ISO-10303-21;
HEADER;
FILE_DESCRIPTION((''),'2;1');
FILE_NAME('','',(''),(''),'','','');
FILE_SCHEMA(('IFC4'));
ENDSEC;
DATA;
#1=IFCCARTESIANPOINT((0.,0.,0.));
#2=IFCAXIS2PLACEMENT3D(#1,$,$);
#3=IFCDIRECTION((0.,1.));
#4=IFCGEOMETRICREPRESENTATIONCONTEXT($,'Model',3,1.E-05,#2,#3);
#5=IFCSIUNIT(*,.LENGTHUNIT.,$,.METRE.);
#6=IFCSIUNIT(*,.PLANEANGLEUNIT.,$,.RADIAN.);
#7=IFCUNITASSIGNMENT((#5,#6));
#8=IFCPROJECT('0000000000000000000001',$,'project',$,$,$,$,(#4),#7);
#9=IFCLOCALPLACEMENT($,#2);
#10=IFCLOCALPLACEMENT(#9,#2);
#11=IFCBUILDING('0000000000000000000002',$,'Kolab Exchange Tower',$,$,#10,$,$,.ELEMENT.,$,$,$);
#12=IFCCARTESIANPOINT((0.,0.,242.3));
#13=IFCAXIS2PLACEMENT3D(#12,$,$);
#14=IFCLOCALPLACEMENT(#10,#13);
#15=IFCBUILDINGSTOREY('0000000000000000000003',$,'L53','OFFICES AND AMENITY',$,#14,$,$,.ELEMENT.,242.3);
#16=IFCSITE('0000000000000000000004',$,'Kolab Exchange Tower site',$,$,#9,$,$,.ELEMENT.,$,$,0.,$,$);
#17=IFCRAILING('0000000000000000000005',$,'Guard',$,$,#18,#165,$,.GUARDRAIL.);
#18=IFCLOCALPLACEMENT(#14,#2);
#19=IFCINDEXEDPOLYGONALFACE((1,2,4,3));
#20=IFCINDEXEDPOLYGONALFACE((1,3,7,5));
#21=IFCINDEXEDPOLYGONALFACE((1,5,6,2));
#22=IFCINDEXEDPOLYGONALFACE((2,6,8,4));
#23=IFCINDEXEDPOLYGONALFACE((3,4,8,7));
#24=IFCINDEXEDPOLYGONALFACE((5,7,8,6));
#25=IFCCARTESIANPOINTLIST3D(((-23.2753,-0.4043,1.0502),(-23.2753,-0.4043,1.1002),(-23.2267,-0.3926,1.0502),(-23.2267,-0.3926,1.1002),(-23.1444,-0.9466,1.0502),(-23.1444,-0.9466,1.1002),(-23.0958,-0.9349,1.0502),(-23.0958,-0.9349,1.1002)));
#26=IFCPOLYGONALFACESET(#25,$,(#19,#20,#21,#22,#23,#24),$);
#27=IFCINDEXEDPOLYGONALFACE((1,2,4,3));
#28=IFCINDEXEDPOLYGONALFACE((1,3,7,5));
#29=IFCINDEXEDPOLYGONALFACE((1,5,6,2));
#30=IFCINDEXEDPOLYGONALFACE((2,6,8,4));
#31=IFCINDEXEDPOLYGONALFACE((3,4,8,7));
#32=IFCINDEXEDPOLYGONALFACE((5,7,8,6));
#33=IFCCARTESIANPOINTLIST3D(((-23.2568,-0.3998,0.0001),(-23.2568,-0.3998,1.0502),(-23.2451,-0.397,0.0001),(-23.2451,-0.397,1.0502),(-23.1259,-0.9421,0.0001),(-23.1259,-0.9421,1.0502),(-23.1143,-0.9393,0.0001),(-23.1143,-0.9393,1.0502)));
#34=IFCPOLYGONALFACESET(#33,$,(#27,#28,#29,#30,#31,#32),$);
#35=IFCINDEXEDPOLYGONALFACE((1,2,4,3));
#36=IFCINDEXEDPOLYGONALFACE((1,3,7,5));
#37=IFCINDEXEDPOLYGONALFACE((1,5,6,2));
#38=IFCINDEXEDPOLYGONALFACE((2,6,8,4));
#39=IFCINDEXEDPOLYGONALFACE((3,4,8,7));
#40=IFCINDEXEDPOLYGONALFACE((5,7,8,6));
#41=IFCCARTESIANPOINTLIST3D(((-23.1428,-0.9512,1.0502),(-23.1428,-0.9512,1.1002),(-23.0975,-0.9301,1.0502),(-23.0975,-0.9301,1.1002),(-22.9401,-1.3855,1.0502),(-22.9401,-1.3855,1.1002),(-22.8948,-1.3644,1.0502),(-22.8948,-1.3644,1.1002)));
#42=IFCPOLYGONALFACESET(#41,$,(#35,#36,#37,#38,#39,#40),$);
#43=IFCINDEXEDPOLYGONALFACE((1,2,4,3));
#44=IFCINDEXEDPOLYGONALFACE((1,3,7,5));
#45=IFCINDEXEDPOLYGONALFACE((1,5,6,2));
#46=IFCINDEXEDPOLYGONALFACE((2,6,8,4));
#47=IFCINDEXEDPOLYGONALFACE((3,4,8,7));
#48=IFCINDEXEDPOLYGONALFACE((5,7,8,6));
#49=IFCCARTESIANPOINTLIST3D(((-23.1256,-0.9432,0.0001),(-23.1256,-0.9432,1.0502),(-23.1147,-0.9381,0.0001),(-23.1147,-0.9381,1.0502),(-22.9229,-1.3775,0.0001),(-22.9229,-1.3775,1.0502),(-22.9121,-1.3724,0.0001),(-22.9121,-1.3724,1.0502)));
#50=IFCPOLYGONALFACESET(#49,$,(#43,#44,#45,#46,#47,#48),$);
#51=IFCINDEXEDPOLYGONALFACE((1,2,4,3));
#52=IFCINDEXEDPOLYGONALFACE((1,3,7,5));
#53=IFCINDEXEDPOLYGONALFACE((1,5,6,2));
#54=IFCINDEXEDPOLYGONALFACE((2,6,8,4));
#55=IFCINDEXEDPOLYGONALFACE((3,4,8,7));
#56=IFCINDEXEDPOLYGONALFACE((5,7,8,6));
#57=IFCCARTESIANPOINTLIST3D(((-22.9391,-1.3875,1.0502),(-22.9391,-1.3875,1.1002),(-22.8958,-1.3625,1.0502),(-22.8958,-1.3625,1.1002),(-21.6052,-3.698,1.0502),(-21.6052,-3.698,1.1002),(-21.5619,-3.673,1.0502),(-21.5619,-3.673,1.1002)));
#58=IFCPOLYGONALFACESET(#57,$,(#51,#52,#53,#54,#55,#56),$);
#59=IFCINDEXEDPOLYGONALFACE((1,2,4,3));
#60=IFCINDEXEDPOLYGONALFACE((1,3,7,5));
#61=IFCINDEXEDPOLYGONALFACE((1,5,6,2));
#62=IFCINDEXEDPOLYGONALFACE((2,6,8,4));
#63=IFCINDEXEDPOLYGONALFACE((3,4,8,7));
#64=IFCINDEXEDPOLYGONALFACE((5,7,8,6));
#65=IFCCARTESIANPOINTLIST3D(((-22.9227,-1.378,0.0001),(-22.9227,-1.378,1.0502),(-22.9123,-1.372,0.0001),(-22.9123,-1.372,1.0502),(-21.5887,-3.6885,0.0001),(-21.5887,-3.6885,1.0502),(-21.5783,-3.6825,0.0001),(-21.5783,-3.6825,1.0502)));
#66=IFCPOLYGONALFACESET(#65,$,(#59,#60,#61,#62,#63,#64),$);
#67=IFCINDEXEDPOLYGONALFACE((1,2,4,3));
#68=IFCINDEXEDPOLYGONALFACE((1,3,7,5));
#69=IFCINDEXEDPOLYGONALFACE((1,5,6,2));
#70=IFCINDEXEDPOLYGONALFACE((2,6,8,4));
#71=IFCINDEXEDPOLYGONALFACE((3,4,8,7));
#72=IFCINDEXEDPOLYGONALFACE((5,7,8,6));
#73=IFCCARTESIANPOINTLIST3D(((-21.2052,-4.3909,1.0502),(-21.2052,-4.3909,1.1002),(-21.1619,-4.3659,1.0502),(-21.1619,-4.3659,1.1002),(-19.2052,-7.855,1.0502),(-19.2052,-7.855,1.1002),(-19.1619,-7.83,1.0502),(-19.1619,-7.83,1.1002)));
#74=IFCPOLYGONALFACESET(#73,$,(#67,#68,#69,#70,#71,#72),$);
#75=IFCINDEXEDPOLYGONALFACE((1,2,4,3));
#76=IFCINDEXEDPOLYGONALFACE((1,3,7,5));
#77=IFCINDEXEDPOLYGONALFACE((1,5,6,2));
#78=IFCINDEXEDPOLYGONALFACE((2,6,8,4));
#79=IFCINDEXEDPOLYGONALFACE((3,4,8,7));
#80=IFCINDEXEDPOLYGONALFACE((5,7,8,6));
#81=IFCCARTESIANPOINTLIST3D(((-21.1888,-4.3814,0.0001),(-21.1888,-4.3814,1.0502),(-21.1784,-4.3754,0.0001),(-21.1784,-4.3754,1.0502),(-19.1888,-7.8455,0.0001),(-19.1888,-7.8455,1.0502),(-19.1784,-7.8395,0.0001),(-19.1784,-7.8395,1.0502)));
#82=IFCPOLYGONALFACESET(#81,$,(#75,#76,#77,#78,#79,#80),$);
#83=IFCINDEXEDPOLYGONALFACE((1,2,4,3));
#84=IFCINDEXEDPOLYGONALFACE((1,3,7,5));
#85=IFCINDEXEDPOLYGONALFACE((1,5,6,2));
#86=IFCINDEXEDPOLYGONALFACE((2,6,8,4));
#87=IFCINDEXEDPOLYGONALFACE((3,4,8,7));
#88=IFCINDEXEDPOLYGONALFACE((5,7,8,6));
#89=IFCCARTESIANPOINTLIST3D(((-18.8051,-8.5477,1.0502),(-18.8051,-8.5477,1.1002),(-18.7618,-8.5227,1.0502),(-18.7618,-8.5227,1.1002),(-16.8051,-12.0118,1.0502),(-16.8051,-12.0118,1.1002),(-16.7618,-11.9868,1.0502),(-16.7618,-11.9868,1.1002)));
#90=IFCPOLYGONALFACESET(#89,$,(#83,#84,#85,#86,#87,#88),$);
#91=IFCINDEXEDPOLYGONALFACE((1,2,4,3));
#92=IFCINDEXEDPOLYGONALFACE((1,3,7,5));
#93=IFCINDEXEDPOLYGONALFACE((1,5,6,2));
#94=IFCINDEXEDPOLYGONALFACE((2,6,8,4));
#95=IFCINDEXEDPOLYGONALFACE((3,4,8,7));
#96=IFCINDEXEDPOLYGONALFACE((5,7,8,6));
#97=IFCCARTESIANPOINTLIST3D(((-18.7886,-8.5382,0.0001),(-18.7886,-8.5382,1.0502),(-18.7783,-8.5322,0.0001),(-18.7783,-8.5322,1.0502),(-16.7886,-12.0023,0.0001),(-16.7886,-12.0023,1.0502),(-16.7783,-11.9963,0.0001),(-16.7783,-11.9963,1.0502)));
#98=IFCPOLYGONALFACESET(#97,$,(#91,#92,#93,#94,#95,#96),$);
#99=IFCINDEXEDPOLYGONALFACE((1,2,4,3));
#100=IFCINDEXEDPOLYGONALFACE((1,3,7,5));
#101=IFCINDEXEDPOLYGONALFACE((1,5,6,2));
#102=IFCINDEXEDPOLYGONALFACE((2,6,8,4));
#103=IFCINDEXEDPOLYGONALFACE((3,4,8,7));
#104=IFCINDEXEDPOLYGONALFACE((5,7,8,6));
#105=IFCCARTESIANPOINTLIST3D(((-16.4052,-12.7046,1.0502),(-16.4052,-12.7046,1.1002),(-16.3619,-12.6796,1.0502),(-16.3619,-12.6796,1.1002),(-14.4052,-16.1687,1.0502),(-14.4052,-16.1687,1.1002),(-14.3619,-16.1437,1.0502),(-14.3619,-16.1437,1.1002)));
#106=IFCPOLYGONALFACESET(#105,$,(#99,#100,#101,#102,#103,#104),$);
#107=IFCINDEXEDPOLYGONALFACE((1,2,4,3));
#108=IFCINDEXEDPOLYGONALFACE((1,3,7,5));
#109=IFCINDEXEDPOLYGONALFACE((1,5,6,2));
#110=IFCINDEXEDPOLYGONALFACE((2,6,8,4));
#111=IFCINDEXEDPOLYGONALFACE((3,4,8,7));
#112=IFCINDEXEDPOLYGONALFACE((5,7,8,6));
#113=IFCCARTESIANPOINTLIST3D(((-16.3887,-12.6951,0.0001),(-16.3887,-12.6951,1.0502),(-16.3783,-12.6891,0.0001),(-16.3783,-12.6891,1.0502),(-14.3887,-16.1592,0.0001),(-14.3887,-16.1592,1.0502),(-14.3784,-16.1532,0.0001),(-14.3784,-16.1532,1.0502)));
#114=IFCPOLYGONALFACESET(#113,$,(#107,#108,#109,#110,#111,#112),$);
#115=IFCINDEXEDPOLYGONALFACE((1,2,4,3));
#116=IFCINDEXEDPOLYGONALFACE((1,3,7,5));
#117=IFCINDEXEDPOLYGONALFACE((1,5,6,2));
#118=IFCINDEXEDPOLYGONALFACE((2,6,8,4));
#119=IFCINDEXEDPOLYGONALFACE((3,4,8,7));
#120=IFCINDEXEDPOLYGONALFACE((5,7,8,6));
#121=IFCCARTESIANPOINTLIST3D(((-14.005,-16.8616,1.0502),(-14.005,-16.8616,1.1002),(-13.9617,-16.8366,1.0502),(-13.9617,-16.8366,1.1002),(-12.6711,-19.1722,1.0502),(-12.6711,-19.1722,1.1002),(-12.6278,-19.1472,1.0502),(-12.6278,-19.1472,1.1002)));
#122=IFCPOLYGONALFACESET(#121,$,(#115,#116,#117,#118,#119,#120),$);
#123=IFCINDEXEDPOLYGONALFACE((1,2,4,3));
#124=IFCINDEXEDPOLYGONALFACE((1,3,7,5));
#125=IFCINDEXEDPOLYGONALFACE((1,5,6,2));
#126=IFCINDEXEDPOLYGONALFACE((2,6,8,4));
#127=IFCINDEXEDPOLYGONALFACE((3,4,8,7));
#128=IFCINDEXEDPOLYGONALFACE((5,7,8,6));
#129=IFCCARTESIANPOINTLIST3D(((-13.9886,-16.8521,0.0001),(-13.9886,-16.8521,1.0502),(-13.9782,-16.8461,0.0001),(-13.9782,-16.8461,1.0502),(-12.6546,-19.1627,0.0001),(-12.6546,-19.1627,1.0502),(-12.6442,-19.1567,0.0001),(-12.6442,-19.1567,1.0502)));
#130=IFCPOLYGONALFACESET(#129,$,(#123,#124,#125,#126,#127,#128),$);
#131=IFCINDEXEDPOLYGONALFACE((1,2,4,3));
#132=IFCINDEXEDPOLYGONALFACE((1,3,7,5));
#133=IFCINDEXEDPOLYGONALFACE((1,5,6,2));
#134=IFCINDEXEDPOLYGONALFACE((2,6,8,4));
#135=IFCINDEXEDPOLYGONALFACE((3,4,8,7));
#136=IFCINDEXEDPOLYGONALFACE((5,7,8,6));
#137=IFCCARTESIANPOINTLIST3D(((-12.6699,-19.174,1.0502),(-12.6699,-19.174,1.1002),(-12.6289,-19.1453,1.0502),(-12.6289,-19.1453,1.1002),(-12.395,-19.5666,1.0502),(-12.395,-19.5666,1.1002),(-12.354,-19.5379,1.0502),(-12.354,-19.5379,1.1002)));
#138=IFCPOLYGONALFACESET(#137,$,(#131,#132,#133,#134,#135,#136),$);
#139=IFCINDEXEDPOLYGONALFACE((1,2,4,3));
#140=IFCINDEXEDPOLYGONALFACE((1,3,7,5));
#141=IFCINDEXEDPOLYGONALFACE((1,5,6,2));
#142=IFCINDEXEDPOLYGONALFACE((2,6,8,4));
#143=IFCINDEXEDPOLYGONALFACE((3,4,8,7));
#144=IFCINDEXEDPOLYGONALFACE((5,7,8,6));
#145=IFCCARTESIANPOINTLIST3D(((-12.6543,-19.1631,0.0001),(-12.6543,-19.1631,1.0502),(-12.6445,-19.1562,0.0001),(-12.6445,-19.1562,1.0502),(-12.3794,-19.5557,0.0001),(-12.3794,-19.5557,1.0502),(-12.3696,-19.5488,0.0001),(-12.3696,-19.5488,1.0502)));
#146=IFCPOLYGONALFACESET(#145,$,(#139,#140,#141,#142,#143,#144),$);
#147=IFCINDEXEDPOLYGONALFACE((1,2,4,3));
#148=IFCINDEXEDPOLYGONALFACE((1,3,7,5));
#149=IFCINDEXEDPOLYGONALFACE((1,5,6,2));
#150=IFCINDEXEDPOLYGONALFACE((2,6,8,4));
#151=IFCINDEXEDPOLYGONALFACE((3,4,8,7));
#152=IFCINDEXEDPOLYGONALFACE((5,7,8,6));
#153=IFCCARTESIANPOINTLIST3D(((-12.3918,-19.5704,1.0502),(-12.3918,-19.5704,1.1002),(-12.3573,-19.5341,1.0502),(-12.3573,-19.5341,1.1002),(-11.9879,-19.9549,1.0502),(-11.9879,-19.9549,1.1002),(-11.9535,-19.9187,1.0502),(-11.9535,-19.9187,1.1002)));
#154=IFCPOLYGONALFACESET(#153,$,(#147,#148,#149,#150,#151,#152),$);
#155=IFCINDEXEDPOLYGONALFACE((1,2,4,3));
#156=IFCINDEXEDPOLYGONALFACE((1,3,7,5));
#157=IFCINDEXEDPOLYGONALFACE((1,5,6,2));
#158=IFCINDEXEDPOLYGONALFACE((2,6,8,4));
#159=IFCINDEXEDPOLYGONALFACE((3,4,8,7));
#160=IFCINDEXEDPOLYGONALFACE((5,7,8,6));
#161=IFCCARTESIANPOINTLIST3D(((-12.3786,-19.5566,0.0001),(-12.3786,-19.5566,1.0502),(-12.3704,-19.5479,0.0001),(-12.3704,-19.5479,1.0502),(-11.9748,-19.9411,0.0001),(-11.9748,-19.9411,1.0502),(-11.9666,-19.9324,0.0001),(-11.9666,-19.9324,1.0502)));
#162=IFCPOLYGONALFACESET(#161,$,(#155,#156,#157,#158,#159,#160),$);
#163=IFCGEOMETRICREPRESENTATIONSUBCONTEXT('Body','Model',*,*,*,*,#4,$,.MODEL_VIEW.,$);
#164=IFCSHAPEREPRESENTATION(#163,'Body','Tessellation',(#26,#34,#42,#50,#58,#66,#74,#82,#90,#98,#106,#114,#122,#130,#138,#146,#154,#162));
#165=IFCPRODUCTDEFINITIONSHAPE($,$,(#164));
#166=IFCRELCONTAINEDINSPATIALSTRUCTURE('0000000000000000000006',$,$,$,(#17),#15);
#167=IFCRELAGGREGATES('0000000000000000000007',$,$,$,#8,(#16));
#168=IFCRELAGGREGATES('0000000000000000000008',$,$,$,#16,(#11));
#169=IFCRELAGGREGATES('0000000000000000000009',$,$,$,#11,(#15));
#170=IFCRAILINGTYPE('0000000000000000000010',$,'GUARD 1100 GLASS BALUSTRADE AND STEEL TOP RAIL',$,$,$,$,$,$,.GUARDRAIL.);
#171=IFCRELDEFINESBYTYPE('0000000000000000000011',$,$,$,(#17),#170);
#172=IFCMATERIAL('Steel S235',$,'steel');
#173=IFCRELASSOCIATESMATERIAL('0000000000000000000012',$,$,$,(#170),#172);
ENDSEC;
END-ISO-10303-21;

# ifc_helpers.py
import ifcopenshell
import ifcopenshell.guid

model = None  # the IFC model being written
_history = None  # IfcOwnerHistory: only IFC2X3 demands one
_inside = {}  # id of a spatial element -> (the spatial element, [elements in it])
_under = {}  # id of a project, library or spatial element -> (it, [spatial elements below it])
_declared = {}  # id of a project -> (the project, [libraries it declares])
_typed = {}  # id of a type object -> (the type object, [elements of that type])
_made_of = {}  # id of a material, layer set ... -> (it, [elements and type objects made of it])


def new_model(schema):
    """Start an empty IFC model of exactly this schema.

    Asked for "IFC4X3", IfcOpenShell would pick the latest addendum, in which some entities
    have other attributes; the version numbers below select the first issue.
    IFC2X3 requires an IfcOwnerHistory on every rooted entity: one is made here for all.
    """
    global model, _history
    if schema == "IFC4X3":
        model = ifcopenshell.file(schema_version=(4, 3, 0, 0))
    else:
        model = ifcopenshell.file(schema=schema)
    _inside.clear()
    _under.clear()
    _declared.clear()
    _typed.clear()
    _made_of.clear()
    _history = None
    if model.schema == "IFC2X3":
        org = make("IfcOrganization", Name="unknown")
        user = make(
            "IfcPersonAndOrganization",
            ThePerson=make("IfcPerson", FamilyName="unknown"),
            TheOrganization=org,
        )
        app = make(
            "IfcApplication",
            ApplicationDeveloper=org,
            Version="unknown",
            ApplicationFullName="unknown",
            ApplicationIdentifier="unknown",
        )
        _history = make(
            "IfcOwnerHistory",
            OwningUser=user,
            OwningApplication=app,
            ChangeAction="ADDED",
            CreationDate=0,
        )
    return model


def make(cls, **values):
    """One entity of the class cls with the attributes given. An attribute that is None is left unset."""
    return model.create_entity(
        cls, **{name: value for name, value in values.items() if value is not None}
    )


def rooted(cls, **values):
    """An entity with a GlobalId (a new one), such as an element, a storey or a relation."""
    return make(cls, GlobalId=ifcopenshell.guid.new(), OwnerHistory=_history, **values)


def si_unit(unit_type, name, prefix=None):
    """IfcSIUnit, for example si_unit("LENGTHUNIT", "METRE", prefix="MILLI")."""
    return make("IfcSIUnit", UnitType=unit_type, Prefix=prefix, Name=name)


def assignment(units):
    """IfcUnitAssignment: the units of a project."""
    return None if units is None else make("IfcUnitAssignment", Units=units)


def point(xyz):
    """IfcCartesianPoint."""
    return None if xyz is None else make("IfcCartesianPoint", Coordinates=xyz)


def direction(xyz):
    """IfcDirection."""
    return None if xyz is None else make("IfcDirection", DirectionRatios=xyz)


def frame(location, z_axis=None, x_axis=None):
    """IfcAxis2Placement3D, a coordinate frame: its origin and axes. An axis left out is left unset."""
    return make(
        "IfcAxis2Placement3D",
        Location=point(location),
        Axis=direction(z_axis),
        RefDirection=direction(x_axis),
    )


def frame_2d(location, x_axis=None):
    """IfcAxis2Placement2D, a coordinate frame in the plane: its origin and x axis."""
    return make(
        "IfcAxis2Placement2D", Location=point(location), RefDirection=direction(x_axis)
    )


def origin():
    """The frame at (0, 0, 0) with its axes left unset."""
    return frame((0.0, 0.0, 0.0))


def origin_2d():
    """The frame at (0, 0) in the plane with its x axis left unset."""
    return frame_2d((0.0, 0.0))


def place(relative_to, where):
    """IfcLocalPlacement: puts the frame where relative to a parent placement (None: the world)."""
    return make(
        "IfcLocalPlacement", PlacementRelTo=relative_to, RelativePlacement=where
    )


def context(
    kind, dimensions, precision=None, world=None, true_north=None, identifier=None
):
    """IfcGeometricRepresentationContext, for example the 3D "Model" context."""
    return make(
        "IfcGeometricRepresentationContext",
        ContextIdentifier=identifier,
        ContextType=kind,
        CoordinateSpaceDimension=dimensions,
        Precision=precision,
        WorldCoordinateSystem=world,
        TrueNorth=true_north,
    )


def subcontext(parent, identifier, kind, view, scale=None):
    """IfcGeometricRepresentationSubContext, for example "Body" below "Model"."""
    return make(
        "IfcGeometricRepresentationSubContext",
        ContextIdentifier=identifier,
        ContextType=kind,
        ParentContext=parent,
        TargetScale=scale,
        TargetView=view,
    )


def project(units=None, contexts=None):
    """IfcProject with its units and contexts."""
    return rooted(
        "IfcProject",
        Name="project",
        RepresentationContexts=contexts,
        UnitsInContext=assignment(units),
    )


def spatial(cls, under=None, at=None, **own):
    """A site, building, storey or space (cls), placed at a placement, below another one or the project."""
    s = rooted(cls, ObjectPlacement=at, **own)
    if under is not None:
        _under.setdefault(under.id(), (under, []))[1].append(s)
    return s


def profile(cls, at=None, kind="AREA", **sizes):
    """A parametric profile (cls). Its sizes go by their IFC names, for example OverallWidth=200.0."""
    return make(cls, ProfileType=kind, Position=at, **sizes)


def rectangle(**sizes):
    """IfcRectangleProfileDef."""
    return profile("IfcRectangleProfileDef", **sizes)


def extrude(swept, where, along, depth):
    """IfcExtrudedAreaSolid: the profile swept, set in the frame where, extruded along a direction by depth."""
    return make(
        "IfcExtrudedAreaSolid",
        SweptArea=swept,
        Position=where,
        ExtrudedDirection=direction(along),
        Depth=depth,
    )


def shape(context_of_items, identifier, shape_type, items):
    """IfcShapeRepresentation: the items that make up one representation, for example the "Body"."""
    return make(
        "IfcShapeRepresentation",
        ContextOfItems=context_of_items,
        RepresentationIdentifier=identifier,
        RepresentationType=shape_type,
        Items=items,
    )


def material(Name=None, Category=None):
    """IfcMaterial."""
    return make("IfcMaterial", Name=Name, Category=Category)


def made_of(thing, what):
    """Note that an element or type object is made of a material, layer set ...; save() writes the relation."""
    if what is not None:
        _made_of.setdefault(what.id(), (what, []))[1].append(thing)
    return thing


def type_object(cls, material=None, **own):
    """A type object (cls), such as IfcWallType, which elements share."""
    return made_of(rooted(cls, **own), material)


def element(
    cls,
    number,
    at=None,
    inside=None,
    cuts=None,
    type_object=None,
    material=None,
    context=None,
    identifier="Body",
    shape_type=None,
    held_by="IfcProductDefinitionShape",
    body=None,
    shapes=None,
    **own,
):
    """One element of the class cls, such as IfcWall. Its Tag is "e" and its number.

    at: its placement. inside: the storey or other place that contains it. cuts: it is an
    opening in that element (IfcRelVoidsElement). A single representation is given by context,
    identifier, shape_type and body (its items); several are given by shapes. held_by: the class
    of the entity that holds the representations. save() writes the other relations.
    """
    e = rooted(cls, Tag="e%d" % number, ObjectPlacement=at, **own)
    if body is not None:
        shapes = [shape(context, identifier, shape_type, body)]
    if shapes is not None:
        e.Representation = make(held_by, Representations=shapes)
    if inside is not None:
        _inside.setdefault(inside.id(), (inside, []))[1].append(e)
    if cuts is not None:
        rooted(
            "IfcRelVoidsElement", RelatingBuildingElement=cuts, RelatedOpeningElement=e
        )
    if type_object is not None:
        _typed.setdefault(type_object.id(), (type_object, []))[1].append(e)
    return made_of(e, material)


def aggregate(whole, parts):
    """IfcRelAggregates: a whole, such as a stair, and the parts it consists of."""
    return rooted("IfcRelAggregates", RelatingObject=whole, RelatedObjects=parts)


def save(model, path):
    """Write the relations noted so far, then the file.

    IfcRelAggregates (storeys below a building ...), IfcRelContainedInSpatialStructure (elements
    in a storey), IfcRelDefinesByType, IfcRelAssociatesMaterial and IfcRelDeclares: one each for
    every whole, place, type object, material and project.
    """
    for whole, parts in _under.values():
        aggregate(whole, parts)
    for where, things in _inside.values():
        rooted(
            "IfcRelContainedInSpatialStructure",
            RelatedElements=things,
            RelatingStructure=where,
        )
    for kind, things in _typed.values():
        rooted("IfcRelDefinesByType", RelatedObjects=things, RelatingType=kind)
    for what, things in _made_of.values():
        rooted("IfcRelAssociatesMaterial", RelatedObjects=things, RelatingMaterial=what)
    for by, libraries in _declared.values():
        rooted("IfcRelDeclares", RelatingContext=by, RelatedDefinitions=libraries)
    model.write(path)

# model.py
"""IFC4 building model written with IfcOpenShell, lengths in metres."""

from ifc_helpers import new_model, si_unit, direction, frame, frame_2d, origin, origin_2d, place, context, subcontext, project, spatial, rectangle, extrude, material, type_object, element, save


model = new_model("IFC4")

# Units and contexts
model_context = context("Model", 3, precision=1e-05, world=origin(), true_north=direction((0.0, 1.0)))
body_context = subcontext(model_context, "Body", "Model", "MODEL_VIEW")
ifc_project = project(units=[si_unit("LENGTHUNIT", "METRE"), si_unit("PLANEANGLEUNIT", "RADIAN")], contexts=[model_context])

# Site, building, storey
site_placement = place(None, origin())
site = spatial("IfcSite", under=ifc_project, at=site_placement, Name="Kolab Exchange Tower site", CompositionType="ELEMENT", RefElevation=0.0)
building_placement = place(site_placement, origin())
building = spatial("IfcBuilding", under=site, at=building_placement, Name="Kolab Exchange Tower", CompositionType="ELEMENT")
storey_placement = place(building_placement, frame((0.0, 0.0, 242.3)))
storey = spatial("IfcBuildingStorey", under=building, at=storey_placement, Name="L53", Description="OFFICES AND AMENITY", CompositionType="ELEMENT", Elevation=242.3)

# Railing
ifc_material_1 = material(Name="Steel S235", Category="steel")
railing_type = type_object("IfcRailingType", Name="GUARD 1100 GLASS BALUSTRADE AND STEEL TOP RAIL", PredefinedType="GUARDRAIL", material=ifc_material_1)
railing_placement = place(storey_placement, frame((-23.251, -0.3984, 0.0)))
element("IfcRailing", 1, at=railing_placement, inside=storey, type_object=railing_type, Name="Guard", PredefinedType="GUARDRAIL", context=body_context, shape_type="SweptSolid", body=[
    extrude(rectangle(XDim=0.05, YDim=0.05, at=origin_2d()), frame((0.0, 0.0, 1.0752), z_axis=(0.234598, -0.972093, 0.0), x_axis=(0.972093, 0.234598, 0.0)), (0.0, 0.0, 1.0), 0.5579),
    extrude(rectangle(XDim=0.012, YDim=1.0501, at=frame_2d((0.0, 0.5251))), frame((0.0, 0.0, 0.0), z_axis=(0.234598, -0.972093, 0.0), x_axis=(0.972093, 0.234598, 0.0)), (0.0, 0.0, 1.0), 0.5579),
    extrude(rectangle(XDim=0.05, YDim=0.05, at=origin_2d()), frame((0.1309, -0.5422, 1.0752), z_axis=(0.422802, -0.906222, 0.0), x_axis=(0.906222, 0.422802, 0.0)), (0.0, 0.0, 1.0), 0.4792),
    extrude(rectangle(XDim=0.012, YDim=1.0501, at=frame_2d((0.0, 0.5251))), frame((0.1309, -0.5422, 0.0), z_axis=(0.422802, -0.906222, 0.0), x_axis=(0.906222, 0.422802, 0.0)), (0.0, 0.0, 1.0), 0.4792),
    extrude(rectangle(XDim=0.05, YDim=0.05, at=origin_2d()), frame((0.3335, -0.9766, 1.0752), z_axis=(0.499997, -0.866027, 0.0), x_axis=(0.866027, 0.499997, 0.0)), (0.0, 0.0, 1.0), 2.668),
    extrude(rectangle(XDim=0.012, YDim=1.0501, at=frame_2d((0.0, 0.5251))), frame((0.3335, -0.9766, 0.0), z_axis=(0.499997, -0.866027, 0.0), x_axis=(0.866027, 0.499997, 0.0)), (0.0, 0.0, 1.0), 2.668),
    extrude(rectangle(XDim=0.05, YDim=0.05, at=origin_2d()), frame((2.0674, -3.98, 1.0752), z_axis=(0.499999, -0.866026, 0.0), x_axis=(0.866026, 0.499999, 0.0)), (0.0, 0.0, 1.0), 4.0),
    extrude(rectangle(XDim=0.012, YDim=1.0501, at=frame_2d((0.0, 0.5251))), frame((2.0674, -3.98, 0.0), z_axis=(0.499999, -0.866026, 0.0), x_axis=(0.866026, 0.499999, 0.0)), (0.0, 0.0, 1.0), 4.0),
    extrude(rectangle(XDim=0.05, YDim=0.05, at=origin_2d()), frame((4.4675, -8.1367, 1.0752), z_axis=(0.499999, -0.866026, 0.0), x_axis=(0.866026, 0.499999, 0.0)), (0.0, 0.0, 1.0), 4.0),
    extrude(rectangle(XDim=0.012, YDim=1.0501, at=frame_2d((0.0, 0.5251))), frame((4.4675, -8.1367, 0.0), z_axis=(0.499999, -0.866026, 0.0), x_axis=(0.866026, 0.499999, 0.0)), (0.0, 0.0, 1.0), 4.0),
    extrude(rectangle(XDim=0.05, YDim=0.05, at=origin_2d()), frame((6.8674, -12.2937, 1.0752), z_axis=(0.499999, -0.866026, 0.0), x_axis=(0.866026, 0.499999, 0.0)), (0.0, 0.0, 1.0), 4.0),
    extrude(rectangle(XDim=0.012, YDim=1.0501, at=frame_2d((0.0, 0.5251))), frame((6.8674, -12.2937, 0.0), z_axis=(0.499999, -0.866026, 0.0), x_axis=(0.866026, 0.499999, 0.0)), (0.0, 0.0, 1.0), 4.0),
    extrude(rectangle(XDim=0.05, YDim=0.05, at=origin_2d()), frame((9.2676, -16.4507, 1.0752), z_axis=(0.499997, -0.866027, 0.0), x_axis=(0.866027, 0.499997, 0.0)), (0.0, 0.0, 1.0), 2.668),
    extrude(rectangle(XDim=0.012, YDim=1.0501, at=frame_2d((0.0, 0.5251))), frame((9.2676, -16.4507, 0.0), z_axis=(0.499997, -0.866027, 0.0), x_axis=(0.866027, 0.499997, 0.0)), (0.0, 0.0, 1.0), 2.668),
    extrude(rectangle(XDim=0.05, YDim=0.05, at=origin_2d()), frame((10.6016, -18.7612, 1.0752), z_axis=(0.573599, -0.819136, 0.0), x_axis=(0.819136, 0.573599, 0.0)), (0.0, 0.0, 1.0), 0.4792),
    extrude(rectangle(XDim=0.012, YDim=1.0501, at=frame_2d((0.0, 0.5251))), frame((10.6016, -18.7612, 0.0), z_axis=(0.573599, -0.819136, 0.0), x_axis=(0.819136, 0.573599, 0.0)), (0.0, 0.0, 1.0), 0.4792),
    extrude(rectangle(XDim=0.05, YDim=0.05, at=origin_2d()), frame((10.8765, -19.1538, 1.0752), z_axis=(0.72419, -0.689601, 0.0), x_axis=(0.689601, 0.72419, 0.0)), (0.0, 0.0, 1.0), 0.5576),
    extrude(rectangle(XDim=0.012, YDim=1.0501, at=frame_2d((0.0, 0.5251))), frame((10.8765, -19.1538, 0.0), z_axis=(0.72419, -0.689601, 0.0), x_axis=(0.689601, 0.72419, 0.0)), (0.0, 0.0, 1.0), 0.5576),
])

save(model, "model.ifc")
